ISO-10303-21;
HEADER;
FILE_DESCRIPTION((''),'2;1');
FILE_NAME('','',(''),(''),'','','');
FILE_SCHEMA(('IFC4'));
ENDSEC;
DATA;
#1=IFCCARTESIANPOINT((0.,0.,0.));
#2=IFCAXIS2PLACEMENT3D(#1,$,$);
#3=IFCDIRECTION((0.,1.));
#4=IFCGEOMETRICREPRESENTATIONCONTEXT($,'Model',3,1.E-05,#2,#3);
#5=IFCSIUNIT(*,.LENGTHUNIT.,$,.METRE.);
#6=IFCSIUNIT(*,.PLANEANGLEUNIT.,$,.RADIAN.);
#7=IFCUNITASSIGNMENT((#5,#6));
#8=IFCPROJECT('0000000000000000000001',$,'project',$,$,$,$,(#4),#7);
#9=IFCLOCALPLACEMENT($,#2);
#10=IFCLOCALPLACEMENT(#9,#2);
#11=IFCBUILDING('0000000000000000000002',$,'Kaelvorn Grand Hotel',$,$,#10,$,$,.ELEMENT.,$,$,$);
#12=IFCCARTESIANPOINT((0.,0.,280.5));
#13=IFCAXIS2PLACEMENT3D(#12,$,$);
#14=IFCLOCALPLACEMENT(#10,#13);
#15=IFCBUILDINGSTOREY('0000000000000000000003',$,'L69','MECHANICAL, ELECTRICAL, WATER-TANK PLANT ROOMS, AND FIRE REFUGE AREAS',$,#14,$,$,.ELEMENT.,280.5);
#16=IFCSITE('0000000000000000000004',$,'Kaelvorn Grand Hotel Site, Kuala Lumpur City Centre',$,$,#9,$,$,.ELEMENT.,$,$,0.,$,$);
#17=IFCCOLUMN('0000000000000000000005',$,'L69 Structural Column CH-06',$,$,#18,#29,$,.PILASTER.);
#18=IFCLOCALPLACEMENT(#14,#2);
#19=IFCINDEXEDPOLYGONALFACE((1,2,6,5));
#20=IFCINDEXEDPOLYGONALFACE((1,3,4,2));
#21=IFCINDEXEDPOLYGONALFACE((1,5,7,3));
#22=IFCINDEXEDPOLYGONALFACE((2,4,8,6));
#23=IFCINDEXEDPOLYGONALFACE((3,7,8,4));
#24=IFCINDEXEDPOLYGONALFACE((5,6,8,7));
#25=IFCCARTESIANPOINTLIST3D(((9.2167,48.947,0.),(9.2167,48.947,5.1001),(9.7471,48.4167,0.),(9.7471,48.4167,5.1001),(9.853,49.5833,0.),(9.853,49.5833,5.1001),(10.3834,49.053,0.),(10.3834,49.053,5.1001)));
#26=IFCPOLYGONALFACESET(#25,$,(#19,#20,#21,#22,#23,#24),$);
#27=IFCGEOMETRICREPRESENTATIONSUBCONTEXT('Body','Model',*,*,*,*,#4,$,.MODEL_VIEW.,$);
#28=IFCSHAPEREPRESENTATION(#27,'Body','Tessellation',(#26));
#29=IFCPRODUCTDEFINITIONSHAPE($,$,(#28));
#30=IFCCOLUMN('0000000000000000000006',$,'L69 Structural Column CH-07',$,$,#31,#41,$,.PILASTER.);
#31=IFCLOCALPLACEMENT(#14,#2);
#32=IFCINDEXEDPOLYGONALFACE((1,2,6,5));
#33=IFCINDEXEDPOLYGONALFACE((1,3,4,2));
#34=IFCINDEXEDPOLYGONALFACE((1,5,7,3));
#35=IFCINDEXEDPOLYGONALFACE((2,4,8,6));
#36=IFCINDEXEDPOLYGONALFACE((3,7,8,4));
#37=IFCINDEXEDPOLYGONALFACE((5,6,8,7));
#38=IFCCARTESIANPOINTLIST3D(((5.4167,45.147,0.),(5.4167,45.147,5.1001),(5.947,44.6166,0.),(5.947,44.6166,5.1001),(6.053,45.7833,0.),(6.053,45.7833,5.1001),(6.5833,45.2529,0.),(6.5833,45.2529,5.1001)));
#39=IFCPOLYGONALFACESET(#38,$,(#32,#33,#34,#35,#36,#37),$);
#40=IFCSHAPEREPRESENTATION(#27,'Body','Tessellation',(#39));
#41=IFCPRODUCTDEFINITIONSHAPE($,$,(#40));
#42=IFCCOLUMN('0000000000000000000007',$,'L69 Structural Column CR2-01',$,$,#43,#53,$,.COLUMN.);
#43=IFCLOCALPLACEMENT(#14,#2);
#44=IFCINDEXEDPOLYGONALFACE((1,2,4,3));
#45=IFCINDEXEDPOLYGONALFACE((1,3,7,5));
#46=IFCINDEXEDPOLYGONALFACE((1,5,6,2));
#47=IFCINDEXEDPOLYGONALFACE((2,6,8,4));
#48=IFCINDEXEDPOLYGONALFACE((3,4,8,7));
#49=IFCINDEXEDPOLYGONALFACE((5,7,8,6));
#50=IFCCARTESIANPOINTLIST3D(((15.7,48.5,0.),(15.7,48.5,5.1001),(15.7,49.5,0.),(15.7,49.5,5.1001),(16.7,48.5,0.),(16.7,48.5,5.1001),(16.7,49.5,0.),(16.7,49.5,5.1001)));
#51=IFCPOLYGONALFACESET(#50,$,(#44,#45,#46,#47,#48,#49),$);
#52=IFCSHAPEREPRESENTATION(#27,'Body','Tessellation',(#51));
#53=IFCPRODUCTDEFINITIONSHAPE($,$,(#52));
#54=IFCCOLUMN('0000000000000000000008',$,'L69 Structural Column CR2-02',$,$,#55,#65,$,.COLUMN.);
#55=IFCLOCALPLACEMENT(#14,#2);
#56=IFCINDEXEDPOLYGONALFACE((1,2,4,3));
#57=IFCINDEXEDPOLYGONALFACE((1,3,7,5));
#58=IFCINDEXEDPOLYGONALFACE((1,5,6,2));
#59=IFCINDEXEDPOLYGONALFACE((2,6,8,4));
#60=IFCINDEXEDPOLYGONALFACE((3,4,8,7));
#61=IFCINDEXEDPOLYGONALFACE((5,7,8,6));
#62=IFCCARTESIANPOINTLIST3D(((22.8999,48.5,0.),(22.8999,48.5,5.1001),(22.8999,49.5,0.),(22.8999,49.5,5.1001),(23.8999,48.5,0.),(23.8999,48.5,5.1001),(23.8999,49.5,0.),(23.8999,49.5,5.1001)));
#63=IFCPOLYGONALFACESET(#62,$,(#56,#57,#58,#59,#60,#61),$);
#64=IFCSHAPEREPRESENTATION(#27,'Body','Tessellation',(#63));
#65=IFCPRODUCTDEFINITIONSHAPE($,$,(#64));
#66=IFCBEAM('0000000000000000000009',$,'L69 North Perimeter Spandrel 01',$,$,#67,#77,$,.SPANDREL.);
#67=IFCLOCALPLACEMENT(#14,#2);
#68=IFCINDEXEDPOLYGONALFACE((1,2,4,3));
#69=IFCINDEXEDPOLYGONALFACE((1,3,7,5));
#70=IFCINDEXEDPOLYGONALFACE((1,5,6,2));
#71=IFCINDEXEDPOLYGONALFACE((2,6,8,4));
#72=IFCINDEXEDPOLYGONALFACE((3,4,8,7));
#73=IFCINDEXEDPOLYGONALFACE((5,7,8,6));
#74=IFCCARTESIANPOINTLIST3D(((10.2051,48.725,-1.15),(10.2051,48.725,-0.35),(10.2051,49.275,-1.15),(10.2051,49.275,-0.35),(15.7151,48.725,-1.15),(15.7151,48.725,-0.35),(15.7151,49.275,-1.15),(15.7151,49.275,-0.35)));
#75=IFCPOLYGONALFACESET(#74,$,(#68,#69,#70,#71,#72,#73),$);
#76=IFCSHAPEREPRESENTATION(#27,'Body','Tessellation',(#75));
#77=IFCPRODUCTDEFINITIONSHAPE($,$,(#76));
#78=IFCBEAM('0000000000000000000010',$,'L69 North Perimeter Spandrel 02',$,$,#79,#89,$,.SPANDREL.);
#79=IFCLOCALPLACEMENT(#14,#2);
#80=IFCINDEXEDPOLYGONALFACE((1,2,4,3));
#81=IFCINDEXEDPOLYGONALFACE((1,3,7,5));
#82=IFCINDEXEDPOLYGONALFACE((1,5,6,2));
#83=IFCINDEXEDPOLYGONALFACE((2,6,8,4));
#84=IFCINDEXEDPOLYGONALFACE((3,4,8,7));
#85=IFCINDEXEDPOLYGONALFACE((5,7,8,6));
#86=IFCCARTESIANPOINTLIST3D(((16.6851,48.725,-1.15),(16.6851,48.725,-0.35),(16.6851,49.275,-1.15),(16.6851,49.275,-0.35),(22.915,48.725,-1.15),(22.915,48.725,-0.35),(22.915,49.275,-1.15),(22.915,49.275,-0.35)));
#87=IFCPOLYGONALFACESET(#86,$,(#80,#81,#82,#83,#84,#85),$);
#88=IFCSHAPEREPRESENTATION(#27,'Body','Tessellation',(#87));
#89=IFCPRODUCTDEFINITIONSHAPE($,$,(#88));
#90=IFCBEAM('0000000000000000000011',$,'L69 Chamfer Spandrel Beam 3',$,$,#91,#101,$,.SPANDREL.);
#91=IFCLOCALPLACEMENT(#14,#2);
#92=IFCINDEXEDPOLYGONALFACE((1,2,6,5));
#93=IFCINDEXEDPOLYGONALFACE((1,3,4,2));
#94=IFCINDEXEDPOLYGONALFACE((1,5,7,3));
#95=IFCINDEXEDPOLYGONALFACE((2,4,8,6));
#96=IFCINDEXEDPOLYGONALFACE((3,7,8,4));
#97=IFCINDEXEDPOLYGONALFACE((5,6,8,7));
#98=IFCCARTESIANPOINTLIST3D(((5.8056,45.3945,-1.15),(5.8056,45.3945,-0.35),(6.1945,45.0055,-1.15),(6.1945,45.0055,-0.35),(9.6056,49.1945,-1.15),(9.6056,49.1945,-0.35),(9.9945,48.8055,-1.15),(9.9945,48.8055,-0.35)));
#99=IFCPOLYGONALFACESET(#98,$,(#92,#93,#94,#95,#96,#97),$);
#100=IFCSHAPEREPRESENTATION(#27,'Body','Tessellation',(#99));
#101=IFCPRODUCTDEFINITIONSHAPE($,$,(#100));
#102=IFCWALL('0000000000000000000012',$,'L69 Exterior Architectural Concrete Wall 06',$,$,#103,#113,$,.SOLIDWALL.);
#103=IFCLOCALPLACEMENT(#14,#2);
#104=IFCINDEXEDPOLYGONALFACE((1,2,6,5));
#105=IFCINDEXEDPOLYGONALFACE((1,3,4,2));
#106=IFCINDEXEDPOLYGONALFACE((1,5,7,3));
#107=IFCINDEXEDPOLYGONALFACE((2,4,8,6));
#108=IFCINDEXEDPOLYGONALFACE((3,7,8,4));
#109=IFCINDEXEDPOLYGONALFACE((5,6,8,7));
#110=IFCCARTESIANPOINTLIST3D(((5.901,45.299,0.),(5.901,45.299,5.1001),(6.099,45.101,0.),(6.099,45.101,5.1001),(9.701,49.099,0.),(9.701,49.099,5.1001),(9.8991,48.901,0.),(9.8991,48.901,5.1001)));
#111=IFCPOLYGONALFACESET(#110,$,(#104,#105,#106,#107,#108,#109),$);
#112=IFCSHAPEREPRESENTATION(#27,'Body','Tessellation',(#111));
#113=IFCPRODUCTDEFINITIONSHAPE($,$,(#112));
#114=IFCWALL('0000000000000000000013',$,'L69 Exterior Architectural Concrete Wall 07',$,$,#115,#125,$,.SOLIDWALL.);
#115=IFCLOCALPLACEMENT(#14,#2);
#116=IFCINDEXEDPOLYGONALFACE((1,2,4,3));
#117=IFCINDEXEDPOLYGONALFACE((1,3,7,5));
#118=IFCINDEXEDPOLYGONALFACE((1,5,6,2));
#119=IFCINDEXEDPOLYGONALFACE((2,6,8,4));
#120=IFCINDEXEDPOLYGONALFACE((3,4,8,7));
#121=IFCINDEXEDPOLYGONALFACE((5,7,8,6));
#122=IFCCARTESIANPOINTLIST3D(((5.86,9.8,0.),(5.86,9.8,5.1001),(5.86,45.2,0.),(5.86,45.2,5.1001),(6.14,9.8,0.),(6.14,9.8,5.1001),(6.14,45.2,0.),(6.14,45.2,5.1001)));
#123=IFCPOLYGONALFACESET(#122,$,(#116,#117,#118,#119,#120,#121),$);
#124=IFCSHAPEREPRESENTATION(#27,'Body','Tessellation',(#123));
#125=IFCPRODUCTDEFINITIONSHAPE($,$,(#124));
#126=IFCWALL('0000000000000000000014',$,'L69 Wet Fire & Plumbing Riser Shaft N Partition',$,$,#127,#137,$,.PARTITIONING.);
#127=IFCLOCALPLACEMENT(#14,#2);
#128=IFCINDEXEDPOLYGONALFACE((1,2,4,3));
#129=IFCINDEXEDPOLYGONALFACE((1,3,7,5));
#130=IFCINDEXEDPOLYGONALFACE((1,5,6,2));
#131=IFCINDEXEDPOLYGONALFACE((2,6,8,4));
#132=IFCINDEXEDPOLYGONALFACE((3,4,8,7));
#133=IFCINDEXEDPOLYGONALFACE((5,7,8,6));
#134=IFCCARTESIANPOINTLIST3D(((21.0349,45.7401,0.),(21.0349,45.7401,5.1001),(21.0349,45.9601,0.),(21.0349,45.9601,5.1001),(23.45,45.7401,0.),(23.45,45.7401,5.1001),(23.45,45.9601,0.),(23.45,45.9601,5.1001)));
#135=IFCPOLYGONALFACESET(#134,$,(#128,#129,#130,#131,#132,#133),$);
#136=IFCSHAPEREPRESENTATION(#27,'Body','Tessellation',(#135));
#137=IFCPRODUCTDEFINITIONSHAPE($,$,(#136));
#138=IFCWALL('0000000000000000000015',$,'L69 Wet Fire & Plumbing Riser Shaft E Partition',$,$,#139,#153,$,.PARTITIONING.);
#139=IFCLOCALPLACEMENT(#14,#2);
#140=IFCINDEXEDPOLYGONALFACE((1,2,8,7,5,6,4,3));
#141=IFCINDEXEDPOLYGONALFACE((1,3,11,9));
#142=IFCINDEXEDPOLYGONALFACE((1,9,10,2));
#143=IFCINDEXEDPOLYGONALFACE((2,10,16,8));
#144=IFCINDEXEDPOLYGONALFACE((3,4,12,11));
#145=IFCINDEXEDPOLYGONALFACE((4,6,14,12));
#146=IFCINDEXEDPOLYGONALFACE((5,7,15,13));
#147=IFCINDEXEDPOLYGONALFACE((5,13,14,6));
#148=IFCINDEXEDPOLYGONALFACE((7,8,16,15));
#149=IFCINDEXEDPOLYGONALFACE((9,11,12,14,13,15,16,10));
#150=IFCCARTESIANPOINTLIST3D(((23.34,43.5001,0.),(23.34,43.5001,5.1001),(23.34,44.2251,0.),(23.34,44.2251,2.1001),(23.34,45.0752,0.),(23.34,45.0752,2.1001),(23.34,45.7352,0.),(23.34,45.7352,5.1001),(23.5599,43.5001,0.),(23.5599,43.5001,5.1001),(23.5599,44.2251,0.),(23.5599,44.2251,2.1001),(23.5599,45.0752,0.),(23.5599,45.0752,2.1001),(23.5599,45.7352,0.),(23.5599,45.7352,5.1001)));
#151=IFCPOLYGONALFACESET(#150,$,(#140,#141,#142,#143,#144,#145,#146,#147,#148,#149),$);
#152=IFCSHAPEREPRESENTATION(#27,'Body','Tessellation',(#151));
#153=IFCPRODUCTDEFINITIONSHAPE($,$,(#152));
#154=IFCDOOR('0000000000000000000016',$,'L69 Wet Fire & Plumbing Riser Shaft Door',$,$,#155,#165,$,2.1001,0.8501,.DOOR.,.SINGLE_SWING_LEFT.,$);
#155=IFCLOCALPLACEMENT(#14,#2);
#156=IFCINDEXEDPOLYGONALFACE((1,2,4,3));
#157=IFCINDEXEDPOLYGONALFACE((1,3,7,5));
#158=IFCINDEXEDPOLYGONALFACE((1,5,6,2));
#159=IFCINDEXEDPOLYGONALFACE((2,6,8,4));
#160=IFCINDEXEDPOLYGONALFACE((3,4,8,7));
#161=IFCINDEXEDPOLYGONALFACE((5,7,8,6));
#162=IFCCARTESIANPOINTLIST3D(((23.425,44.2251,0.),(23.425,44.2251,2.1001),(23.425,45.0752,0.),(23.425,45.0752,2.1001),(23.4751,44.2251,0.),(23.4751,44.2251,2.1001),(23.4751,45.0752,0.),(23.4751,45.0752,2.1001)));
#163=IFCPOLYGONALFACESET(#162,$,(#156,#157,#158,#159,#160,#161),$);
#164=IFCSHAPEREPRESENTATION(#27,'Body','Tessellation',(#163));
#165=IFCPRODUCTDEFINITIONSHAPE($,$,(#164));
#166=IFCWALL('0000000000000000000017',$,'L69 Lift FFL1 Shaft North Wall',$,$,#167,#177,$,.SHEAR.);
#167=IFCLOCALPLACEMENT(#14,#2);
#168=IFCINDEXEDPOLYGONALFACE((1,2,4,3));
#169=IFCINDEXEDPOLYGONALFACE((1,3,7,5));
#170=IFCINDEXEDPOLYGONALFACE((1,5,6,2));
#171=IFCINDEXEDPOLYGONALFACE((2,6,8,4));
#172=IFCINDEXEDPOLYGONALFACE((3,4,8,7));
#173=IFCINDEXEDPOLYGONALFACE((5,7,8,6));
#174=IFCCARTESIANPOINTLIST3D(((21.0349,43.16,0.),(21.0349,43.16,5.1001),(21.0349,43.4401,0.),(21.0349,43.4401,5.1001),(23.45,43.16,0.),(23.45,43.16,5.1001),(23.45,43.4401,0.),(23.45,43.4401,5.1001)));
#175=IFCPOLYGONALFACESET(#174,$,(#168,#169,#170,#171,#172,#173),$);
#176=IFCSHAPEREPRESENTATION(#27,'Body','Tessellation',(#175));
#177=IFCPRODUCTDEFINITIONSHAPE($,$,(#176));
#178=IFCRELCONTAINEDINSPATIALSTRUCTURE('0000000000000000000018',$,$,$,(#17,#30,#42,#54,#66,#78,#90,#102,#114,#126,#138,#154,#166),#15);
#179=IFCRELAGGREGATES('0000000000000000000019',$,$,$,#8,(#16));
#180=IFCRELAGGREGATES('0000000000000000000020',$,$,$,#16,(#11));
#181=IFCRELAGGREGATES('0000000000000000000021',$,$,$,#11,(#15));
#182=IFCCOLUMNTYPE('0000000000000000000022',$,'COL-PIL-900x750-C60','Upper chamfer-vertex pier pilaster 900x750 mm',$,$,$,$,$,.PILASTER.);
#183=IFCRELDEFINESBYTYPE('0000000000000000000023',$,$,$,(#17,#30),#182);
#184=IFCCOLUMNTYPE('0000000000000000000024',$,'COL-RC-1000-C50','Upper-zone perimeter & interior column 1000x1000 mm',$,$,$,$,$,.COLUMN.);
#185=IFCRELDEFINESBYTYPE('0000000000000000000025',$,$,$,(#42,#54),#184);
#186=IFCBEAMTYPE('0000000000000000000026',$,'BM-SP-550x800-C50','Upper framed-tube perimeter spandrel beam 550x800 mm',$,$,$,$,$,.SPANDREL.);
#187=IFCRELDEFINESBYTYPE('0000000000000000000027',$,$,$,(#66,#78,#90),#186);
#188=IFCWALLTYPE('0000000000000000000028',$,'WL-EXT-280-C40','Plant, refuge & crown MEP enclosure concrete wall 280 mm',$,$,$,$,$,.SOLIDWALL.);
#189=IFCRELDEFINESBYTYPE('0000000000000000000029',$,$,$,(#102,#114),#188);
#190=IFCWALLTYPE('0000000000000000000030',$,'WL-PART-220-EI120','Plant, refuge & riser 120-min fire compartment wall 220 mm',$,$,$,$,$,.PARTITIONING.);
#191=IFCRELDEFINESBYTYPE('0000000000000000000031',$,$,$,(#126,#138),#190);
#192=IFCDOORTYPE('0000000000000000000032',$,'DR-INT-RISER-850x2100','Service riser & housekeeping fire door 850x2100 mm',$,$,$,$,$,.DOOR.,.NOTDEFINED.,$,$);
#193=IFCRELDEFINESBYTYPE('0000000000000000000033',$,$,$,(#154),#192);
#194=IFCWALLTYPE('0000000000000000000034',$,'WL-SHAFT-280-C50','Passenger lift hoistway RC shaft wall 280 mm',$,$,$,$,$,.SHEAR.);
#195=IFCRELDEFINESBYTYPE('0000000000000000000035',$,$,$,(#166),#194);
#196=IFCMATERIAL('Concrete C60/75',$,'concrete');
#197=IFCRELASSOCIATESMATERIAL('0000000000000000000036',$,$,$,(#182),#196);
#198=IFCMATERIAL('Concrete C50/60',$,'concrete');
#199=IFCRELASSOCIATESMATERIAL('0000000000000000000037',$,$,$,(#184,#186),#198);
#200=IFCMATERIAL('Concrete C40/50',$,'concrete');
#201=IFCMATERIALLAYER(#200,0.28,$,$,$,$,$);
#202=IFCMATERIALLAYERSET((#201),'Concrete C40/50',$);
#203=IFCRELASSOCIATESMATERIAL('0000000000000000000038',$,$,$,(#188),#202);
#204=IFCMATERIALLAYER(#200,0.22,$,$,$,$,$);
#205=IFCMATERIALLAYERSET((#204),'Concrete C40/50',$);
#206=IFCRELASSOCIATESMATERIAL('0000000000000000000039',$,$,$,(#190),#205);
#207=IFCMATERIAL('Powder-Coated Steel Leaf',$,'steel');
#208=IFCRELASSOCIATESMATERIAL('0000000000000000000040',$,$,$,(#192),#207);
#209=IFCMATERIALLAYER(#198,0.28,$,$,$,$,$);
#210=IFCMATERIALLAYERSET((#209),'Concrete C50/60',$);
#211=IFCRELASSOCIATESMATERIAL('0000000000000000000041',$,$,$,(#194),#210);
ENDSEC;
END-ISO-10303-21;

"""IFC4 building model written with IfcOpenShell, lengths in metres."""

from ifc_helpers import new_model, si_unit, direction, frame, frame_2d, origin, origin_2d, place, context, subcontext, project, spatial, rectangle, extrude, material, layer, layer_set, material_profile, profile_set, type_object, element, fill, save


model = new_model("IFC4")

# Units and contexts
model_context = context("Model", 3, precision=1e-05, world=origin(), true_north=direction((0.0, 1.0)))
body_context = subcontext(model_context, "Body", "Model", "MODEL_VIEW")
ifc_project = project(units=[si_unit("LENGTHUNIT", "METRE"), si_unit("PLANEANGLEUNIT", "RADIAN")], contexts=[model_context])

# Site, building, storey
site_placement = place(None, origin())
site = spatial("IfcSite", under=ifc_project, at=site_placement, Name="Kaelvorn Grand Hotel Site, Kuala Lumpur City Centre", CompositionType="ELEMENT", RefElevation=0.0)
building_placement = place(site_placement, origin())
building = spatial("IfcBuilding", under=site, at=building_placement, Name="Kaelvorn Grand Hotel", CompositionType="ELEMENT")
storey_placement = place(building_placement, frame((0.0, 0.0, 280.5)))
storey = spatial("IfcBuildingStorey", under=building, at=storey_placement, Name="L69", Description="MECHANICAL, ELECTRICAL, WATER-TANK PLANT ROOMS, AND FIRE REFUGE AREAS", CompositionType="ELEMENT", Elevation=280.5)

# Columns
ifc_material_1 = material(Name="Concrete C60/75", Category="concrete")
ifc_material_profile_1 = material_profile(ifc_material_1, rectangle(XDim=0.8999, YDim=0.75, at=origin_2d()), Name="RC PILASTER 900x750")
ifc_profile_set_1 = profile_set([ifc_material_profile_1], Name="Concrete C60/75")
column_type_1 = type_object("IfcColumnType", Name="COL-PIL-900x750-C60", Description="Upper chamfer-vertex pier pilaster 900x750 mm", PredefinedType="PILASTER", material=ifc_profile_set_1)
for number, where, z_axis, x_axis, name in (
    (1, (9.8, 49.0, 0.0), (0.0, 0.0, 1.0), (0.707107, 0.707107, 0.0), "L69 Structural Column CH-06"),
    (2, (6.0, 45.2, 0.0), (0.0, 0.0, 1.0), (0.707107, 0.707107, 0.0), "L69 Structural Column CH-07"),
):
    element("IfcColumn", number, at=place(storey_placement, frame(where, z_axis=z_axis, x_axis=x_axis)), inside=storey, type_object=column_type_1, Name=name, PredefinedType="PILASTER", context=body_context, shape_type="SweptSolid", body=[
        extrude(rectangle(XDim=0.8999, YDim=0.75, at=origin_2d()), origin(), (0.0, 0.0, 1.0), 5.1001),
    ])
ifc_material_2 = material(Name="Concrete C50/60", Category="concrete")
ifc_material_profile_2 = material_profile(ifc_material_2, rectangle(XDim=1.0, YDim=1.0, at=origin_2d()), Name="RC COL 1000x1000")
ifc_profile_set_2 = profile_set([ifc_material_profile_2], Name="Concrete C50/60")
column_type_2 = type_object("IfcColumnType", Name="COL-RC-1000-C50", Description="Upper-zone perimeter & interior column 1000x1000 mm", PredefinedType="COLUMN", material=ifc_profile_set_2)
for number, where, z_axis, x_axis, name in (
    (3, (16.2, 49.0, 0.0), (0.0, 0.0, 1.0), (1.0, 0.0, 0.0), "L69 Structural Column CR2-01"),
    (4, (23.3999, 49.0, 0.0), (0.0, 0.0, 1.0), (1.0, 0.0, 0.0), "L69 Structural Column CR2-02"),
):
    element("IfcColumn", number, at=place(storey_placement, frame(where, z_axis=z_axis, x_axis=x_axis)), inside=storey, type_object=column_type_2, Name=name, PredefinedType="COLUMN", context=body_context, shape_type="SweptSolid", body=[
        extrude(rectangle(XDim=1.0, YDim=1.0, at=origin_2d()), origin(), (0.0, 0.0, 1.0), 5.1001),
    ])

# Beams
ifc_material_profile_3 = material_profile(ifc_material_2, rectangle(XDim=0.55, YDim=0.8, at=origin_2d()), Name="RC SPANDREL 550x800")
ifc_profile_set_3 = profile_set([ifc_material_profile_3], Name="Concrete C50/60")
beam_type = type_object("IfcBeamType", Name="BM-SP-550x800-C50", Description="Upper framed-tube perimeter spandrel beam 550x800 mm", PredefinedType="SPANDREL", material=ifc_profile_set_3)
beam_1_placement = place(storey_placement, frame((10.2051, 49.0, -0.75), z_axis=(1.0, 0.0, 0.0), x_axis=(0.0, 1.0, 0.0)))
element("IfcBeam", 5, at=beam_1_placement, inside=storey, type_object=beam_type, Name="L69 North Perimeter Spandrel 01", PredefinedType="SPANDREL", context=body_context, shape_type="SweptSolid", body=[
    extrude(rectangle(XDim=0.55, YDim=0.8, at=origin_2d()), origin(), (0.0, 0.0, 1.0), 5.51),
])
beam_2_placement = place(storey_placement, frame((16.6851, 49.0, -0.75), z_axis=(1.0, 0.0, 0.0), x_axis=(0.0, 1.0, 0.0)))
element("IfcBeam", 6, at=beam_2_placement, inside=storey, type_object=beam_type, Name="L69 North Perimeter Spandrel 02", PredefinedType="SPANDREL", context=body_context, shape_type="SweptSolid", body=[
    extrude(rectangle(XDim=0.55, YDim=0.8, at=origin_2d()), origin(), (0.0, 0.0, 1.0), 6.23),
])
beam_3_placement = place(storey_placement, frame((9.8, 49.0, -0.75), z_axis=(-0.707107, -0.707107, 0.0), x_axis=(0.707107, -0.707107, 0.0)))
element("IfcBeam", 7, at=beam_3_placement, inside=storey, type_object=beam_type, Name="L69 Chamfer Spandrel Beam 3", PredefinedType="SPANDREL", context=body_context, shape_type="SweptSolid", body=[
    extrude(rectangle(XDim=0.55, YDim=0.8, at=origin_2d()), origin(), (0.0, 0.0, 1.0), 5.374),
])

# Walls
ifc_material_3 = material(Name="Concrete C40/50", Category="concrete")
ifc_layer_1 = layer(ifc_material_3, 0.28)
ifc_layer_set_1 = layer_set([ifc_layer_1], Name="Concrete C40/50")
wall_type_1 = type_object("IfcWallType", Name="WL-EXT-280-C40", Description="Plant, refuge & crown MEP enclosure concrete wall 280 mm", PredefinedType="SOLIDWALL", material=ifc_layer_set_1)
wall_1_placement = place(storey_placement, frame((9.8, 49.0, 0.0), z_axis=(0.0, 0.0, 1.0), x_axis=(-0.707107, -0.707107, 0.0)))
element("IfcWall", 8, at=wall_1_placement, inside=storey, type_object=wall_type_1, Name="L69 Exterior Architectural Concrete Wall 06", PredefinedType="SOLIDWALL", context=body_context, shape_type="SweptSolid", body=[
    extrude(rectangle(XDim=5.374, YDim=0.28, at=frame_2d((2.687, 0.0))), origin(), (0.0, 0.0, 1.0), 5.1001),
])
wall_2_placement = place(storey_placement, frame((6.0, 45.2, 0.0), z_axis=(0.0, 0.0, 1.0), x_axis=(0.0, -1.0, 0.0)))
element("IfcWall", 9, at=wall_2_placement, inside=storey, type_object=wall_type_1, Name="L69 Exterior Architectural Concrete Wall 07", PredefinedType="SOLIDWALL", context=body_context, shape_type="SweptSolid", body=[
    extrude(rectangle(XDim=35.3999, YDim=0.28, at=frame_2d((17.7, 0.0))), origin(), (0.0, 0.0, 1.0), 5.1001),
])
ifc_layer_2 = layer(ifc_material_3, 0.22)
ifc_layer_set_2 = layer_set([ifc_layer_2], Name="Concrete C40/50")
wall_type_2 = type_object("IfcWallType", Name="WL-PART-220-EI120", Description="Plant, refuge & riser 120-min fire compartment wall 220 mm", PredefinedType="PARTITIONING", material=ifc_layer_set_2)
wall_3_placement = place(storey_placement, frame((21.0349, 45.8501, 0.0), z_axis=(0.0, 0.0, 1.0), x_axis=(1.0, 0.0, 0.0)))
element("IfcWall", 10, at=wall_3_placement, inside=storey, type_object=wall_type_2, Name="L69 Wet Fire & Plumbing Riser Shaft N Partition", PredefinedType="PARTITIONING", context=body_context, shape_type="SweptSolid", body=[
    extrude(rectangle(XDim=2.415, YDim=0.22, at=frame_2d((1.2075, 0.0))), origin(), (0.0, 0.0, 1.0), 5.1001),
])

# Wall, opening, door
wall_4_placement = place(storey_placement, frame((23.45, 43.5, 0.0), z_axis=(0.0, 0.0, 1.0), x_axis=(0.0, 1.0, 0.0)))
wall_4 = element("IfcWall", 11, at=wall_4_placement, inside=storey, type_object=wall_type_2, Name="L69 Wet Fire & Plumbing Riser Shaft E Partition", PredefinedType="PARTITIONING", context=body_context, shape_type="SweptSolid", body=[
    extrude(rectangle(XDim=2.2351, YDim=0.22, at=frame_2d((1.1177, 0.0))), origin(), (0.0, 0.0, 1.0), 5.1001),
])
opening_placement = place(wall_4_placement, frame((0.7251, 0.0, 0.0)))
opening = element("IfcOpeningElement", 12, at=opening_placement, cuts=wall_4, PredefinedType="OPENING", context=body_context, shape_type="SweptSolid", body=[
    extrude(rectangle(XDim=0.8501, YDim=2.1001, at=frame_2d((0.425, 1.05))), frame((0.0, 0.1201, 0.0), z_axis=(0.0, -1.0, 0.0), x_axis=(1.0, 0.0, 0.0)), (0.0, 0.0, 1.0), 0.24),
])
ifc_material_4 = material(Name="Powder-Coated Steel Leaf", Category="steel")
door_type = type_object("IfcDoorType", Name="DR-INT-RISER-850x2100", Description="Service riser & housekeeping fire door 850x2100 mm", OperationType="NOTDEFINED", PredefinedType="DOOR", material=ifc_material_4)
door_placement = place(opening_placement, origin())
door = element("IfcDoor", 13, at=door_placement, inside=storey, type_object=door_type, Name="L69 Wet Fire & Plumbing Riser Shaft Door", OperationType="SINGLE_SWING_LEFT", OverallHeight=2.1001, OverallWidth=0.8501, PredefinedType="DOOR", context=body_context, shape_type="SweptSolid", body=[
    extrude(rectangle(XDim=0.8501, YDim=2.1001, at=frame_2d((0.425, 1.05))), frame((0.0, 0.0249, 0.0), z_axis=(0.0, -1.0, 0.0), x_axis=(1.0, 0.0, 0.0)), (0.0, 0.0, 1.0), 0.05),
])
fill(opening, door)

# Wall
ifc_layer_3 = layer(ifc_material_2, 0.28)
ifc_layer_set_3 = layer_set([ifc_layer_3], Name="Concrete C50/60")
wall_type_3 = type_object("IfcWallType", Name="WL-SHAFT-280-C50", Description="Passenger lift hoistway RC shaft wall 280 mm", PredefinedType="SHEAR", material=ifc_layer_set_3)
wall_5_placement = place(storey_placement, frame((21.0349, 43.3, 0.0), z_axis=(0.0, 0.0, 1.0), x_axis=(1.0, 0.0, 0.0)))
element("IfcWall", 14, at=wall_5_placement, inside=storey, type_object=wall_type_3, Name="L69 Lift FFL1 Shaft North Wall", PredefinedType="SHEAR", context=body_context, shape_type="SweptSolid", body=[
    extrude(rectangle(XDim=2.415, YDim=0.28, at=frame_2d((1.2075, 0.0))), origin(), (0.0, 0.0, 1.0), 5.1001),
])

save(model, "model.ifc")
